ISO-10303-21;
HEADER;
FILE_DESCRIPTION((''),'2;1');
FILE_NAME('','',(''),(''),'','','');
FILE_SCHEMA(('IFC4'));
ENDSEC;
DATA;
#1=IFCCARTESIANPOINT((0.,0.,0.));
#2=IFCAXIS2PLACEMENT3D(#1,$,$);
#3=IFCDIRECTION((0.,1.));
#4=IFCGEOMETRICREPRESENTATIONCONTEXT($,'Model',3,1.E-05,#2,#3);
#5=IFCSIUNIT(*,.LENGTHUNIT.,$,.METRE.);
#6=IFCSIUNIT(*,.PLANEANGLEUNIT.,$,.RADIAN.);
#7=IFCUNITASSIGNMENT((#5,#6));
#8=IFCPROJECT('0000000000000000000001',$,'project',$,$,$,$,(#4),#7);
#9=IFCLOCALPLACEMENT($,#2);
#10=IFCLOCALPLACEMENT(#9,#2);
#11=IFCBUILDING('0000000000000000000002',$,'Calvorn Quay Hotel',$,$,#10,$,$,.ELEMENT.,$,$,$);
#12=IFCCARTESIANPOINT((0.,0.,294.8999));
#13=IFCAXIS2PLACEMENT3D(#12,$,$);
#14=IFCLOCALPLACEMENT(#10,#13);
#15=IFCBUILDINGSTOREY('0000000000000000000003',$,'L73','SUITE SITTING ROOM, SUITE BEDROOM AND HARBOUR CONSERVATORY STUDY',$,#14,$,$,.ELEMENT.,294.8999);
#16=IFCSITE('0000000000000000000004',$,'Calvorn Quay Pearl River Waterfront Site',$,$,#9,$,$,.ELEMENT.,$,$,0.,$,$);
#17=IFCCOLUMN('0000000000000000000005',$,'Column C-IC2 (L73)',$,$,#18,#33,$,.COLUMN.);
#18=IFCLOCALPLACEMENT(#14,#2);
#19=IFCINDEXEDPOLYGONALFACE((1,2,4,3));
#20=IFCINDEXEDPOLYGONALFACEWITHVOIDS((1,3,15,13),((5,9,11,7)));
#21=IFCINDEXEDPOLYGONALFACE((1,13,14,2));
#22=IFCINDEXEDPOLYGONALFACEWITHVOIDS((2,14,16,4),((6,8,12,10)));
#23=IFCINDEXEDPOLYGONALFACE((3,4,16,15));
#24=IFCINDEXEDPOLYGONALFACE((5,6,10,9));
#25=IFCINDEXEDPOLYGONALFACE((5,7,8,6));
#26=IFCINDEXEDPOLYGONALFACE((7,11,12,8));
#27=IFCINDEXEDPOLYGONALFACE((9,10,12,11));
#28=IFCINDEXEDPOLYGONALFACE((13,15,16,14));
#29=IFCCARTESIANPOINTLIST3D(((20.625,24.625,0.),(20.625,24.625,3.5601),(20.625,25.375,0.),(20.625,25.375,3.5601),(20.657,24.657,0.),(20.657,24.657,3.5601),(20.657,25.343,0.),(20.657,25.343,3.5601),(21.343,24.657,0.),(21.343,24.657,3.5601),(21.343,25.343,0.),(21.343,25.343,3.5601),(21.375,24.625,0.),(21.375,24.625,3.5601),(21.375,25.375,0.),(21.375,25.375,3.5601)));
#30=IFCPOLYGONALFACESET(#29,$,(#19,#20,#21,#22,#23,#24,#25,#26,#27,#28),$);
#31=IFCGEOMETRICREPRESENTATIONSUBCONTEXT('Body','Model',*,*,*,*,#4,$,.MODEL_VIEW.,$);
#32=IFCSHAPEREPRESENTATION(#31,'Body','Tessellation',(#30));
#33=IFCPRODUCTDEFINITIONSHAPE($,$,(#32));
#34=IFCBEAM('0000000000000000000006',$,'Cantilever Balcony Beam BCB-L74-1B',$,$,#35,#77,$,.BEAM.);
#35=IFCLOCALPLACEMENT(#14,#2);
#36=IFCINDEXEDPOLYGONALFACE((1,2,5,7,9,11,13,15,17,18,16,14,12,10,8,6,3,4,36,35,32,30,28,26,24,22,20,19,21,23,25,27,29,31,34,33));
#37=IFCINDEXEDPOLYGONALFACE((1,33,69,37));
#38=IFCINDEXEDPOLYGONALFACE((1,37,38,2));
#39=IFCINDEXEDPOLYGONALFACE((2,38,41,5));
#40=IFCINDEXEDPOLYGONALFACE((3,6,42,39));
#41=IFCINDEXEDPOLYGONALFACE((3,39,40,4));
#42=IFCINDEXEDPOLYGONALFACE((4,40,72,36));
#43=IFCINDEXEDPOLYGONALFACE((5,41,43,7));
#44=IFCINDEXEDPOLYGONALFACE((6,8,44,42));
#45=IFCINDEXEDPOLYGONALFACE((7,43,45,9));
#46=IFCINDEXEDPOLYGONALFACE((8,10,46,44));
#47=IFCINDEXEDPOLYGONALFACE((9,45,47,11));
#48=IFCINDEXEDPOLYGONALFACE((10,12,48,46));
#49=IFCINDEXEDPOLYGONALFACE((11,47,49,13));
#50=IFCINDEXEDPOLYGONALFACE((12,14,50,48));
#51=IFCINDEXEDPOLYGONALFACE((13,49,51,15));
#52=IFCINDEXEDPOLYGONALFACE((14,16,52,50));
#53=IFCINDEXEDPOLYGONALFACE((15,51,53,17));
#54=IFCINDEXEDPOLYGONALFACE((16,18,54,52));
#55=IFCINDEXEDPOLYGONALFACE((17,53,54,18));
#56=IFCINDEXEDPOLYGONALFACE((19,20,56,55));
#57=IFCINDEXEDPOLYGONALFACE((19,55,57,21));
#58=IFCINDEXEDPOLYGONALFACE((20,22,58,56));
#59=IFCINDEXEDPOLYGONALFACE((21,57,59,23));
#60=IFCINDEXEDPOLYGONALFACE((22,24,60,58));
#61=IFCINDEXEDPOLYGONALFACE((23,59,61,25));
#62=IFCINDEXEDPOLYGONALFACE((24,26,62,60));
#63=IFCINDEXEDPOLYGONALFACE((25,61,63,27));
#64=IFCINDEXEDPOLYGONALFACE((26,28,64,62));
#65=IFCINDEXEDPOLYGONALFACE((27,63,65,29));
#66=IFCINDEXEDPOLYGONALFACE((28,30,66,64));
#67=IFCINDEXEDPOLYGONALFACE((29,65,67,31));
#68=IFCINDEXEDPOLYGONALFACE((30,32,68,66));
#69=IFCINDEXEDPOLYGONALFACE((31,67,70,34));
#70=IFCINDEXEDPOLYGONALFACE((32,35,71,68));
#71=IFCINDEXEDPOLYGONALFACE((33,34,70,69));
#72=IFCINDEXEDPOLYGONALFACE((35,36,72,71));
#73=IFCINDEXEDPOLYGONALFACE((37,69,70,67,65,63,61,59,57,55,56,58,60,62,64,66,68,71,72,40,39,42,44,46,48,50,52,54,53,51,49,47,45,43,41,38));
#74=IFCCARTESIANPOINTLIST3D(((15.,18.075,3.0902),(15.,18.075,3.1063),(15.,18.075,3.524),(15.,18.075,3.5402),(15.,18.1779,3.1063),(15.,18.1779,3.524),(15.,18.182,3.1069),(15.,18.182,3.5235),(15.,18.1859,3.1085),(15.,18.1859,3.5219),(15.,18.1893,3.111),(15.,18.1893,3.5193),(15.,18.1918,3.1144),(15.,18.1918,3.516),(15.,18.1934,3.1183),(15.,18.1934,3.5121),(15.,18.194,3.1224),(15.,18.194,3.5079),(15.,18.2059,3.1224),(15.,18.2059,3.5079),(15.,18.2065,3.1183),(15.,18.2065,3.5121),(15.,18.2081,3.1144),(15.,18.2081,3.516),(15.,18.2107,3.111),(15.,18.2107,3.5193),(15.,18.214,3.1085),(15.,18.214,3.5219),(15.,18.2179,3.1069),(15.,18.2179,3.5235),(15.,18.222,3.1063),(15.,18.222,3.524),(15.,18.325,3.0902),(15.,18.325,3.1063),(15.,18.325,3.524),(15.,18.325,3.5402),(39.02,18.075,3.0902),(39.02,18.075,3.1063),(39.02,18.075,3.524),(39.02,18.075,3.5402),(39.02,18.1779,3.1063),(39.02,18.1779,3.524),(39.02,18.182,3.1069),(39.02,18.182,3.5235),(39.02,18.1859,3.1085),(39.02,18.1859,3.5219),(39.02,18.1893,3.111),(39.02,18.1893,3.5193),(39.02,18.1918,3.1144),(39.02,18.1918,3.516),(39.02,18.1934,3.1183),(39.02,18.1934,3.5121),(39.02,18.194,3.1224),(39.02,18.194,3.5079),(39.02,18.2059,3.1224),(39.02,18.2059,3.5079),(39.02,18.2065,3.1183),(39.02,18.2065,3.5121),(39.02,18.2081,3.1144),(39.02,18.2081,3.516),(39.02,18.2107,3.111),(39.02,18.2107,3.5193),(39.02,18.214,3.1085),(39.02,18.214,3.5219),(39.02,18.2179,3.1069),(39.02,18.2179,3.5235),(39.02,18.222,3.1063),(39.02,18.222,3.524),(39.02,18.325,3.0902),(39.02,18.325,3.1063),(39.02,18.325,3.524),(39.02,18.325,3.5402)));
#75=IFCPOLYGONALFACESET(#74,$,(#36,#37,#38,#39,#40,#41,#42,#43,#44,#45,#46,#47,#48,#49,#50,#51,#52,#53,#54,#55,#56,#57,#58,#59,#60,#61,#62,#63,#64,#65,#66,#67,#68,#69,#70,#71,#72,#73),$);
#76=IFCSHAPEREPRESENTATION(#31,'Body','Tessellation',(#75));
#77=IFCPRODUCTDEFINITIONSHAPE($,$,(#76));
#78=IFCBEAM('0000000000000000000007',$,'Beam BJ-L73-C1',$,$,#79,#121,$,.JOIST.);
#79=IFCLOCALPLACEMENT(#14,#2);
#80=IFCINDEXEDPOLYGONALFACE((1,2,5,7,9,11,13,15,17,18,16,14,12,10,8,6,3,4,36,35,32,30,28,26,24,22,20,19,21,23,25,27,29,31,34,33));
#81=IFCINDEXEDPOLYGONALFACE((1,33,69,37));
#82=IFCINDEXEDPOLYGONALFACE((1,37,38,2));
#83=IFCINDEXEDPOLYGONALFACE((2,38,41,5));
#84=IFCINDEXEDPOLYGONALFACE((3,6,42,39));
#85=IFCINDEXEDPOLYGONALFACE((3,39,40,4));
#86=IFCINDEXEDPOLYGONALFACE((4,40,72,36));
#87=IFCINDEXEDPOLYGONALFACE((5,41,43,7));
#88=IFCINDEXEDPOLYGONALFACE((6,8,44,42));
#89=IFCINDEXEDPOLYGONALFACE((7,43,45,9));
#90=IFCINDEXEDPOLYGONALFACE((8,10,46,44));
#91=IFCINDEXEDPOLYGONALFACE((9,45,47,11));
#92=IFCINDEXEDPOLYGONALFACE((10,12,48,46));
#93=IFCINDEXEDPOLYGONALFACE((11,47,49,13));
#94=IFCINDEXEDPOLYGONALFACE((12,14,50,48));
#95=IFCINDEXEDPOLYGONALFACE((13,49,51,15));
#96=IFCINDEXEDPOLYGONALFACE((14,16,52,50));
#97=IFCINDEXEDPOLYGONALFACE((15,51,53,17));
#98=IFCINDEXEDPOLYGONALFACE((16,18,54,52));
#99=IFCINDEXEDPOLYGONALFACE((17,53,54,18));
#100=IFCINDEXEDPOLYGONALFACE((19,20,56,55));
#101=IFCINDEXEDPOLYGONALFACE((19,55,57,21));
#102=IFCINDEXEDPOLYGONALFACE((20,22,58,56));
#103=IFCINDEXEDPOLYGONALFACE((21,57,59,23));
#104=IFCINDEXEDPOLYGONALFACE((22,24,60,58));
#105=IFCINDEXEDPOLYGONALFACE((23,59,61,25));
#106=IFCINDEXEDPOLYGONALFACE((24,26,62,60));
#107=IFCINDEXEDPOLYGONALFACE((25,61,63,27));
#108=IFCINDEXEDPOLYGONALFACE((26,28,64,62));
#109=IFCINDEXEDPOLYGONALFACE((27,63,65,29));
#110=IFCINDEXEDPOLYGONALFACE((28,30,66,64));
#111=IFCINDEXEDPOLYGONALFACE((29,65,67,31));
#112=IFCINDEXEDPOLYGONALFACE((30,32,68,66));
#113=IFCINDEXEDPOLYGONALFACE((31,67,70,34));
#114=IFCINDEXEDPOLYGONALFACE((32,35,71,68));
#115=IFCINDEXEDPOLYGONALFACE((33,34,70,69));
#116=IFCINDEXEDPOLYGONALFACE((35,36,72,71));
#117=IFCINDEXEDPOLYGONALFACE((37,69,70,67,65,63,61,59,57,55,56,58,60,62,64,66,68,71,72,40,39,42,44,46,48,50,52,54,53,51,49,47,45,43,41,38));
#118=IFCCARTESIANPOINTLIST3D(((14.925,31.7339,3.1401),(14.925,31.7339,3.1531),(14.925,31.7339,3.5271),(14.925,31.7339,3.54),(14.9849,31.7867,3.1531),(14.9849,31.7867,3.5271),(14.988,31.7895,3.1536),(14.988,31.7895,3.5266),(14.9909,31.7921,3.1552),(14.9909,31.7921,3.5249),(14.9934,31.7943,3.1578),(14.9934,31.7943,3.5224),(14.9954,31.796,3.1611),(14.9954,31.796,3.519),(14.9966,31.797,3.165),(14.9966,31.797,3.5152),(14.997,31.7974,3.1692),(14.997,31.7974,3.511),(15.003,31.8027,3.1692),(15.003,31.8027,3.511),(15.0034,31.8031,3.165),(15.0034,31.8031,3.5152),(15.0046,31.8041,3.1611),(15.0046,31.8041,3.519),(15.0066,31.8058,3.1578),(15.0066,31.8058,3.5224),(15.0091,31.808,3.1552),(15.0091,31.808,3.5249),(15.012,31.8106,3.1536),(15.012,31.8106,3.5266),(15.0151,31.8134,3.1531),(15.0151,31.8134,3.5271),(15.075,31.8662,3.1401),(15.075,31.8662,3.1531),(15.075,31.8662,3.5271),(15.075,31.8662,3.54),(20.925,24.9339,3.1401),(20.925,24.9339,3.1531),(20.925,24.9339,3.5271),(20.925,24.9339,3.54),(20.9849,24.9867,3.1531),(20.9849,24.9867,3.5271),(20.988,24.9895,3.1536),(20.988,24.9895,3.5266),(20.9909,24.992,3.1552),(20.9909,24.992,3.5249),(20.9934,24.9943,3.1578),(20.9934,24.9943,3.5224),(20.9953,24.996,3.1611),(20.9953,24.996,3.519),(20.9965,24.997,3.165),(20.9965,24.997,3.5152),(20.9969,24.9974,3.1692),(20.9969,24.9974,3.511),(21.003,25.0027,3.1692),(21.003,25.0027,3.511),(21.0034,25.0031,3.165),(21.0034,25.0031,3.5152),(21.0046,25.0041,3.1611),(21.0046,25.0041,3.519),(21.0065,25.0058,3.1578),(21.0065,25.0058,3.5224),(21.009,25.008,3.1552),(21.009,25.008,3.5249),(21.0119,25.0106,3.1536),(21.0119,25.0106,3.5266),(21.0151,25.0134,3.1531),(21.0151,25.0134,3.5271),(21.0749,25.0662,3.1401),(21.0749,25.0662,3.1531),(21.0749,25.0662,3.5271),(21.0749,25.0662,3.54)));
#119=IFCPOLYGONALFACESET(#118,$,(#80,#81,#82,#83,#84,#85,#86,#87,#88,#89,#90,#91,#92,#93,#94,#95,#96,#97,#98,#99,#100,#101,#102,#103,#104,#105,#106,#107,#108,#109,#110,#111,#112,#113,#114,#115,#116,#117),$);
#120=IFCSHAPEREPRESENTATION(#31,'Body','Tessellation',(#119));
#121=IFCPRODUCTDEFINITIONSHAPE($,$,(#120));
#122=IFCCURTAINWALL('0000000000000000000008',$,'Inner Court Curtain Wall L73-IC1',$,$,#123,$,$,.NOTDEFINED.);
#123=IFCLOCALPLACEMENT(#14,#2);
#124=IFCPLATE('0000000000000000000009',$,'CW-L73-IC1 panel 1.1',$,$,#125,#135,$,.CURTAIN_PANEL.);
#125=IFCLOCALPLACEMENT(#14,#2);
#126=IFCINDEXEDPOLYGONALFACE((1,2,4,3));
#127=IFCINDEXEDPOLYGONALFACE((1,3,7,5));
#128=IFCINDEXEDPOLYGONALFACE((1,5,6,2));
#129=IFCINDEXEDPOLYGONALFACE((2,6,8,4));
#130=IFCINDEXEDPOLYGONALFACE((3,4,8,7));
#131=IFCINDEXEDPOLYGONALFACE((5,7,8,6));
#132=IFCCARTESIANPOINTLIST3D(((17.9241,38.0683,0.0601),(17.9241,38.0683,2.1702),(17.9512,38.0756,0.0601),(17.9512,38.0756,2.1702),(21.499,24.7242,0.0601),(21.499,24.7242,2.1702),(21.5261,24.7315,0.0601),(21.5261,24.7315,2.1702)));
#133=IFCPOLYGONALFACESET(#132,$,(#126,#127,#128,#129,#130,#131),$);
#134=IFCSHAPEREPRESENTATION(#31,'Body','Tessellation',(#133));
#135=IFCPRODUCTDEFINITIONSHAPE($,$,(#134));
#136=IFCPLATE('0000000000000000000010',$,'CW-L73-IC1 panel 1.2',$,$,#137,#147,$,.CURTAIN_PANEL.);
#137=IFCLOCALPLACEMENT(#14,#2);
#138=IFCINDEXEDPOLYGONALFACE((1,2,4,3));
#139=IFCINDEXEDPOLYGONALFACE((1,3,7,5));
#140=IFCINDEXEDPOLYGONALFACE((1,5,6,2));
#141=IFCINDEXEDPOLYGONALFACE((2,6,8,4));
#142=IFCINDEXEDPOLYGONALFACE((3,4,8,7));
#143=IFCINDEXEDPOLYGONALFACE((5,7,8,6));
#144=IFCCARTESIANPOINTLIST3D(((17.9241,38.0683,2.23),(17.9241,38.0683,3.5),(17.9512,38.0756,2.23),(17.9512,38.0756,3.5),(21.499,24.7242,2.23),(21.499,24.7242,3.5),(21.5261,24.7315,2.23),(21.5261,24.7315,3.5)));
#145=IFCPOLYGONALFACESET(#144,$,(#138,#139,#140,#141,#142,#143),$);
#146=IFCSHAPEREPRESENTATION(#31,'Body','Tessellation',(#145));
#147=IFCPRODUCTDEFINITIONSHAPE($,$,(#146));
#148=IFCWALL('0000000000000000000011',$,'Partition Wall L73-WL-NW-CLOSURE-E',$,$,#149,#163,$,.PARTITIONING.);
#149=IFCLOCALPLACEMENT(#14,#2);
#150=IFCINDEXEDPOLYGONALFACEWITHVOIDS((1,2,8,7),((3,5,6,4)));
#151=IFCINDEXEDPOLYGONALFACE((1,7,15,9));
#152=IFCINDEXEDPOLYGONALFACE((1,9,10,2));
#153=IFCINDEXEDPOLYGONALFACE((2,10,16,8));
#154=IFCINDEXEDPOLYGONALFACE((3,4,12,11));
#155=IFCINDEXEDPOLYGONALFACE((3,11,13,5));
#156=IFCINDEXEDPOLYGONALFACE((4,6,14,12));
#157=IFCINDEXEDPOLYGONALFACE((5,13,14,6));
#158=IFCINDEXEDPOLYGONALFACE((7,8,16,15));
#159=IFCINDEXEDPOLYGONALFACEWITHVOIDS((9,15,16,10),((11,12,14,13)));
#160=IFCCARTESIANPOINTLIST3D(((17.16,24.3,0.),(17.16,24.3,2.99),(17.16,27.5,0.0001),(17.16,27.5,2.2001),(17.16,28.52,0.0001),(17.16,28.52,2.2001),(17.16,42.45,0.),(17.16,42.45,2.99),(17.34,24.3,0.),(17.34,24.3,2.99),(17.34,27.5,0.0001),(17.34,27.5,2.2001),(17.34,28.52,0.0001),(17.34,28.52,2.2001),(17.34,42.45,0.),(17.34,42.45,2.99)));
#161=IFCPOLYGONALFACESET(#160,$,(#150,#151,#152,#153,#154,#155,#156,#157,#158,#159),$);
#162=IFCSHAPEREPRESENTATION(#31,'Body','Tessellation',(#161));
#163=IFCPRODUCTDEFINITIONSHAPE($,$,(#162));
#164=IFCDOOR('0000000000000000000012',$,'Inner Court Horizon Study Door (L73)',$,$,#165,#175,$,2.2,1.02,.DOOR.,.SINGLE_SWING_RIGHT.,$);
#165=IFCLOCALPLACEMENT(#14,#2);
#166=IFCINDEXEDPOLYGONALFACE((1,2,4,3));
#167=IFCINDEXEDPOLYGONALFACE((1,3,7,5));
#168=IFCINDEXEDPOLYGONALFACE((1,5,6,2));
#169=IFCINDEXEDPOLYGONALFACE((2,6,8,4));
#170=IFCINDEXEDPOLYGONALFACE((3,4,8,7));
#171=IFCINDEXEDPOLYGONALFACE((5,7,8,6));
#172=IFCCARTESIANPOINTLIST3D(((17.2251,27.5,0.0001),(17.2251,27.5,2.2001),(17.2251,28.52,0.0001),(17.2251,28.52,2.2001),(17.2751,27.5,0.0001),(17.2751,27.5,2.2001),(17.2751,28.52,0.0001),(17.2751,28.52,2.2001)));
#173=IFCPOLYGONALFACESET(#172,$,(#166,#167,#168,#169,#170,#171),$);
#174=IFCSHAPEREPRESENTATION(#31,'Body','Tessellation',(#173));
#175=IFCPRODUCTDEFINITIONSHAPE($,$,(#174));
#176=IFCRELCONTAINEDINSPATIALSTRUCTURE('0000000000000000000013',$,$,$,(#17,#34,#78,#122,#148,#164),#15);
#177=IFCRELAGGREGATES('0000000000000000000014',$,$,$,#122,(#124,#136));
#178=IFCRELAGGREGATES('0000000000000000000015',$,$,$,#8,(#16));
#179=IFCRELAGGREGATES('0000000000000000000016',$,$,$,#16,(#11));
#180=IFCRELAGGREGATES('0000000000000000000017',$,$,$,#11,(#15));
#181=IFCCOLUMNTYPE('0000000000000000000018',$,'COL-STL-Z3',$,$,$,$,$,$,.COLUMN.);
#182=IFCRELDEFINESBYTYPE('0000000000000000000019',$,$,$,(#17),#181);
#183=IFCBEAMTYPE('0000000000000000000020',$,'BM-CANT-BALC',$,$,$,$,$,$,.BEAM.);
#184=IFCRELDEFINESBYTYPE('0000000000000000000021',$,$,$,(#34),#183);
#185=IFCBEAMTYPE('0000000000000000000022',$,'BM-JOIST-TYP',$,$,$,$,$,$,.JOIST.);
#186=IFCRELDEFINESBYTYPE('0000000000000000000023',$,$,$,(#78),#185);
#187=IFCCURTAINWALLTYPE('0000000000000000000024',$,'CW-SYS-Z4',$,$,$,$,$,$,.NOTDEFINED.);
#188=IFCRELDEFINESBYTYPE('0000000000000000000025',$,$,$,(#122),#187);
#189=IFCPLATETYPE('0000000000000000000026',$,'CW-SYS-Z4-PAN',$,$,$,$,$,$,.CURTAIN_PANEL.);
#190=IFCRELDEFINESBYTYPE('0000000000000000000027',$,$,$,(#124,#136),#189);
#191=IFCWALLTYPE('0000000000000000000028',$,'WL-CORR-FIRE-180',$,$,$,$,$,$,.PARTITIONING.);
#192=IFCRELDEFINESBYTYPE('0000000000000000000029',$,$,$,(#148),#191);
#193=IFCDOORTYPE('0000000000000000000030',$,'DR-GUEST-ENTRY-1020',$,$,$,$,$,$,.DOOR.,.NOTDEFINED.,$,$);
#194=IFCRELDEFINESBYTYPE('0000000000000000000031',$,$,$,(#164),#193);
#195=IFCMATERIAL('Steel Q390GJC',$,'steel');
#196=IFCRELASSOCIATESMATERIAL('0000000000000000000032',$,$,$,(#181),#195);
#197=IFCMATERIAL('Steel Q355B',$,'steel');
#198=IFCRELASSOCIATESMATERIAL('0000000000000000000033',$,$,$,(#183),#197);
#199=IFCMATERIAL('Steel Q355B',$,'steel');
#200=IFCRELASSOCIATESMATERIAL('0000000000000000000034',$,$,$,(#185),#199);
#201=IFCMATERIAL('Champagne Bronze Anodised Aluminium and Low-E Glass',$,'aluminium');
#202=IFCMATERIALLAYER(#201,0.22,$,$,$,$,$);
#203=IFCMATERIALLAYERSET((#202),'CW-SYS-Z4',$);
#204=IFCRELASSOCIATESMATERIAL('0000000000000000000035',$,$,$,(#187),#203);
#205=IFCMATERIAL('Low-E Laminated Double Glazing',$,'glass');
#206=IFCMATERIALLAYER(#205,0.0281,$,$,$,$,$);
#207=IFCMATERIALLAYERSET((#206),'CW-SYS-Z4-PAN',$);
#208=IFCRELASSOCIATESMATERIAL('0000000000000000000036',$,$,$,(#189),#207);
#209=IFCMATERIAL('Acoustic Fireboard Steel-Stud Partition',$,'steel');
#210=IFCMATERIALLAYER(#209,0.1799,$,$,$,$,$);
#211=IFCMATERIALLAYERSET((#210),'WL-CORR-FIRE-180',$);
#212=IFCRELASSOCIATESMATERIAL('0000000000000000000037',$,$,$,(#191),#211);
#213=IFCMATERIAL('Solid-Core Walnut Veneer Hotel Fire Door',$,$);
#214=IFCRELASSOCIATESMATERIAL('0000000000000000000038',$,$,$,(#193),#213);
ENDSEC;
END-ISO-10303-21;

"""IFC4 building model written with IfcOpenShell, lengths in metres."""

from ifc_helpers import new_model, si_unit, direction, frame, frame_2d, origin, origin_2d, place, context, subcontext, project, spatial, rectangle, hollow_rectangle, i_section, extrude, material, layer, layer_set, material_profile, profile_set, type_object, element, fill, aggregate, save


model = new_model("IFC4")

# Units and contexts
model_context = context("Model", 3, precision=1e-05, world=origin(), true_north=direction((0.0, 1.0)))
body_context = subcontext(model_context, "Body", "Model", "MODEL_VIEW")
ifc_project = project(units=[si_unit("LENGTHUNIT", "METRE"), si_unit("PLANEANGLEUNIT", "RADIAN")], contexts=[model_context])

# Site, building, storey
site_placement = place(None, origin())
site = spatial("IfcSite", under=ifc_project, at=site_placement, Name="Calvorn Quay Pearl River Waterfront Site", CompositionType="ELEMENT", RefElevation=0.0)
building_placement = place(site_placement, origin())
building = spatial("IfcBuilding", under=site, at=building_placement, Name="Calvorn Quay Hotel", CompositionType="ELEMENT")
storey_placement = place(building_placement, frame((0.0, 0.0, 294.8999)))
storey = spatial("IfcBuildingStorey", under=building, at=storey_placement, Name="L73", Description="SUITE SITTING ROOM, SUITE BEDROOM AND HARBOUR CONSERVATORY STUDY", CompositionType="ELEMENT", Elevation=294.8999)

# Column
ifc_material_1 = material(Name="Steel Q390GJC", Category="steel")
ifc_material_profile_1 = material_profile(ifc_material_1, hollow_rectangle(XDim=0.75, YDim=0.75, WallThickness=0.032, at=origin_2d()), Name="BOX750x750x32")
ifc_profile_set_1 = profile_set([ifc_material_profile_1], Name="Steel Q390GJC")
column_type = type_object("IfcColumnType", Name="COL-STL-Z3", PredefinedType="COLUMN", material=ifc_profile_set_1)
column_placement = place(storey_placement, frame((21.0, 25.0, 0.0), z_axis=(0.0, 0.0, 1.0), x_axis=(1.0, 0.0, 0.0)))
element("IfcColumn", 1, at=column_placement, inside=storey, type_object=column_type, Name="Column C-IC2 (L73)", PredefinedType="COLUMN", context=body_context, shape_type="SweptSolid", body=[
    extrude(hollow_rectangle(XDim=0.75, YDim=0.75, WallThickness=0.032, at=origin_2d()), origin(), (0.0, 0.0, 1.0), 3.5601),
])

# Beams
ifc_material_2 = material(Name="Steel Q355B", Category="steel")
ifc_material_profile_2 = material_profile(ifc_material_2, i_section(OverallWidth=0.25, OverallDepth=0.45, WebThickness=0.012, FlangeThickness=0.0161, FilletRadius=0.0161, at=origin_2d()), Name="HN450x250x12x16")
ifc_profile_set_2 = profile_set([ifc_material_profile_2], Name="Steel Q355B")
beam_type_1 = type_object("IfcBeamType", Name="BM-CANT-BALC", PredefinedType="BEAM", material=ifc_profile_set_2)
beam_1_placement = place(storey_placement, frame((15.0, 18.2, 3.3152), z_axis=(1.0, 0.0, 0.0), x_axis=(0.0, 1.0, 0.0)))
element("IfcBeam", 2, at=beam_1_placement, inside=storey, type_object=beam_type_1, Name="Cantilever Balcony Beam BCB-L74-1B", PredefinedType="BEAM", context=body_context, shape_type="SweptSolid", body=[
    extrude(i_section(OverallWidth=0.25, OverallDepth=0.45, WebThickness=0.012, FlangeThickness=0.0161, FilletRadius=0.0161, at=origin_2d()), origin(), (0.0, 0.0, 1.0), 24.02),
])
ifc_material_3 = material(Name="Steel Q355B", Category="steel")
ifc_material_profile_3 = material_profile(ifc_material_3, i_section(OverallWidth=0.2, OverallDepth=0.3999, WebThickness=0.0081, FlangeThickness=0.0129, FilletRadius=0.0161, at=origin_2d()), Name="HN400x200x8x13")
ifc_profile_set_3 = profile_set([ifc_material_profile_3], Name="Steel Q355B")
beam_type_2 = type_object("IfcBeamType", Name="BM-JOIST-TYP", PredefinedType="JOIST", material=ifc_profile_set_3)
beam_2_placement = place(storey_placement, frame((15.0, 31.8, 3.3401), z_axis=(0.661619, -0.74984, 0.0), x_axis=(0.74984, 0.661619, 0.0)))
element("IfcBeam", 3, at=beam_2_placement, inside=storey, type_object=beam_type_2, Name="Beam BJ-L73-C1", PredefinedType="JOIST", context=body_context, shape_type="SweptSolid", body=[
    extrude(i_section(OverallWidth=0.2, OverallDepth=0.3999, WebThickness=0.0081, FlangeThickness=0.0129, FilletRadius=0.0161, at=origin_2d()), origin(), (0.0, 0.0, 1.0), 9.0686),
])

# Curtain wall, plates
ifc_material_4 = material(Name="Champagne Bronze Anodised Aluminium and Low-E Glass", Category="aluminium")
ifc_layer_1 = layer(ifc_material_4, 0.22)
ifc_layer_set_1 = layer_set([ifc_layer_1], Name="CW-SYS-Z4")
curtain_wall_type = type_object("IfcCurtainWallType", Name="CW-SYS-Z4", PredefinedType="NOTDEFINED", material=ifc_layer_set_1)
curtain_wall_placement = place(storey_placement, origin())
curtain_wall = element("IfcCurtainWall", 4, at=curtain_wall_placement, inside=storey, type_object=curtain_wall_type, Name="Inner Court Curtain Wall L73-IC1", PredefinedType="NOTDEFINED")
ifc_material_5 = material(Name="Low-E Laminated Double Glazing", Category="glass")
ifc_layer_2 = layer(ifc_material_5, 0.0281)
ifc_layer_set_2 = layer_set([ifc_layer_2], Name="CW-SYS-Z4-PAN")
plate_type = type_object("IfcPlateType", Name="CW-SYS-Z4-PAN", PredefinedType="CURTAIN_PANEL", material=ifc_layer_set_2)
plate_1_placement = place(storey_placement, frame((19.7251, 31.3999, 0.0601), z_axis=(0.0, 0.0, 1.0), x_axis=(-0.258779, 0.965937, 0.0)))
plate_1 = element("IfcPlate", 5, at=plate_1_placement, type_object=plate_type, Name="CW-L73-IC1 panel 1.1", PredefinedType="CURTAIN_PANEL", context=body_context, shape_type="SweptSolid", body=[
    extrude(rectangle(XDim=13.8147, YDim=0.0281, at=origin_2d()), origin(), (0.0, 0.0, 1.0), 2.1101),
])
plate_2_placement = place(storey_placement, frame((19.7251, 31.3999, 2.23), z_axis=(0.0, 0.0, 1.0), x_axis=(-0.258779, 0.965937, 0.0)))
plate_2 = element("IfcPlate", 6, at=plate_2_placement, type_object=plate_type, Name="CW-L73-IC1 panel 1.2", PredefinedType="CURTAIN_PANEL", context=body_context, shape_type="SweptSolid", body=[
    extrude(rectangle(XDim=13.8147, YDim=0.0281, at=origin_2d()), origin(), (0.0, 0.0, 1.0), 1.27),
])
aggregate(curtain_wall, [plate_1, plate_2])

# Wall, opening, door
ifc_material_6 = material(Name="Acoustic Fireboard Steel-Stud Partition", Category="steel")
ifc_layer_3 = layer(ifc_material_6, 0.1799)
ifc_layer_set_3 = layer_set([ifc_layer_3], Name="WL-CORR-FIRE-180")
wall_type_1 = type_object("IfcWallType", Name="WL-CORR-FIRE-180", PredefinedType="PARTITIONING", material=ifc_layer_set_3)
wall_1_placement = place(storey_placement, frame((17.25, 24.3, 0.0), z_axis=(0.0, 0.0, 1.0), x_axis=(0.0, 1.0, 0.0)))
wall_1 = element("IfcWall", 7, at=wall_1_placement, inside=storey, type_object=wall_type_1, Name="Partition Wall L73-WL-NW-CLOSURE-E", PredefinedType="PARTITIONING", context=body_context, shape_type="SweptSolid", body=[
    extrude(rectangle(XDim=18.1499, YDim=0.1799, at=frame_2d((9.075, 0.0))), origin(), (0.0, 0.0, 1.0), 2.99),
])
opening_1_placement = place(wall_1_placement, frame((3.2, 0.0, 0.0)))
opening_1 = element("IfcOpeningElement", 8, at=opening_1_placement, cuts=wall_1, PredefinedType="OPENING", context=body_context, shape_type="SweptSolid", body=[
    extrude(rectangle(XDim=1.02, YDim=2.2, at=frame_2d((0.51, 1.1001))), frame((0.0, 0.0999, 0.0), z_axis=(0.0, -1.0, 0.0), x_axis=(1.0, 0.0, 0.0)), (0.0, 0.0, 1.0), 0.2),
])
ifc_material_7 = material(Name="Solid-Core Walnut Veneer Hotel Fire Door")
door_type_1 = type_object("IfcDoorType", Name="DR-GUEST-ENTRY-1020", OperationType="NOTDEFINED", PredefinedType="DOOR", material=ifc_material_7)
door_1_placement = place(opening_1_placement, origin())
door_1 = element("IfcDoor", 9, at=door_1_placement, inside=storey, type_object=door_type_1, Name="Inner Court Horizon Study Door (L73)", OperationType="SINGLE_SWING_RIGHT", OverallHeight=2.2, OverallWidth=1.02, PredefinedType="DOOR", context=body_context, shape_type="SweptSolid", body=[
    extrude(rectangle(XDim=1.02, YDim=2.2, at=frame_2d((0.51, 1.1001))), frame((0.0, 0.0249, 0.0), z_axis=(0.0, -1.0, 0.0), x_axis=(1.0, 0.0, 0.0)), (0.0, 0.0, 1.0), 0.05),
])
fill(opening_1, door_1)

save(model, "model.ifc")
